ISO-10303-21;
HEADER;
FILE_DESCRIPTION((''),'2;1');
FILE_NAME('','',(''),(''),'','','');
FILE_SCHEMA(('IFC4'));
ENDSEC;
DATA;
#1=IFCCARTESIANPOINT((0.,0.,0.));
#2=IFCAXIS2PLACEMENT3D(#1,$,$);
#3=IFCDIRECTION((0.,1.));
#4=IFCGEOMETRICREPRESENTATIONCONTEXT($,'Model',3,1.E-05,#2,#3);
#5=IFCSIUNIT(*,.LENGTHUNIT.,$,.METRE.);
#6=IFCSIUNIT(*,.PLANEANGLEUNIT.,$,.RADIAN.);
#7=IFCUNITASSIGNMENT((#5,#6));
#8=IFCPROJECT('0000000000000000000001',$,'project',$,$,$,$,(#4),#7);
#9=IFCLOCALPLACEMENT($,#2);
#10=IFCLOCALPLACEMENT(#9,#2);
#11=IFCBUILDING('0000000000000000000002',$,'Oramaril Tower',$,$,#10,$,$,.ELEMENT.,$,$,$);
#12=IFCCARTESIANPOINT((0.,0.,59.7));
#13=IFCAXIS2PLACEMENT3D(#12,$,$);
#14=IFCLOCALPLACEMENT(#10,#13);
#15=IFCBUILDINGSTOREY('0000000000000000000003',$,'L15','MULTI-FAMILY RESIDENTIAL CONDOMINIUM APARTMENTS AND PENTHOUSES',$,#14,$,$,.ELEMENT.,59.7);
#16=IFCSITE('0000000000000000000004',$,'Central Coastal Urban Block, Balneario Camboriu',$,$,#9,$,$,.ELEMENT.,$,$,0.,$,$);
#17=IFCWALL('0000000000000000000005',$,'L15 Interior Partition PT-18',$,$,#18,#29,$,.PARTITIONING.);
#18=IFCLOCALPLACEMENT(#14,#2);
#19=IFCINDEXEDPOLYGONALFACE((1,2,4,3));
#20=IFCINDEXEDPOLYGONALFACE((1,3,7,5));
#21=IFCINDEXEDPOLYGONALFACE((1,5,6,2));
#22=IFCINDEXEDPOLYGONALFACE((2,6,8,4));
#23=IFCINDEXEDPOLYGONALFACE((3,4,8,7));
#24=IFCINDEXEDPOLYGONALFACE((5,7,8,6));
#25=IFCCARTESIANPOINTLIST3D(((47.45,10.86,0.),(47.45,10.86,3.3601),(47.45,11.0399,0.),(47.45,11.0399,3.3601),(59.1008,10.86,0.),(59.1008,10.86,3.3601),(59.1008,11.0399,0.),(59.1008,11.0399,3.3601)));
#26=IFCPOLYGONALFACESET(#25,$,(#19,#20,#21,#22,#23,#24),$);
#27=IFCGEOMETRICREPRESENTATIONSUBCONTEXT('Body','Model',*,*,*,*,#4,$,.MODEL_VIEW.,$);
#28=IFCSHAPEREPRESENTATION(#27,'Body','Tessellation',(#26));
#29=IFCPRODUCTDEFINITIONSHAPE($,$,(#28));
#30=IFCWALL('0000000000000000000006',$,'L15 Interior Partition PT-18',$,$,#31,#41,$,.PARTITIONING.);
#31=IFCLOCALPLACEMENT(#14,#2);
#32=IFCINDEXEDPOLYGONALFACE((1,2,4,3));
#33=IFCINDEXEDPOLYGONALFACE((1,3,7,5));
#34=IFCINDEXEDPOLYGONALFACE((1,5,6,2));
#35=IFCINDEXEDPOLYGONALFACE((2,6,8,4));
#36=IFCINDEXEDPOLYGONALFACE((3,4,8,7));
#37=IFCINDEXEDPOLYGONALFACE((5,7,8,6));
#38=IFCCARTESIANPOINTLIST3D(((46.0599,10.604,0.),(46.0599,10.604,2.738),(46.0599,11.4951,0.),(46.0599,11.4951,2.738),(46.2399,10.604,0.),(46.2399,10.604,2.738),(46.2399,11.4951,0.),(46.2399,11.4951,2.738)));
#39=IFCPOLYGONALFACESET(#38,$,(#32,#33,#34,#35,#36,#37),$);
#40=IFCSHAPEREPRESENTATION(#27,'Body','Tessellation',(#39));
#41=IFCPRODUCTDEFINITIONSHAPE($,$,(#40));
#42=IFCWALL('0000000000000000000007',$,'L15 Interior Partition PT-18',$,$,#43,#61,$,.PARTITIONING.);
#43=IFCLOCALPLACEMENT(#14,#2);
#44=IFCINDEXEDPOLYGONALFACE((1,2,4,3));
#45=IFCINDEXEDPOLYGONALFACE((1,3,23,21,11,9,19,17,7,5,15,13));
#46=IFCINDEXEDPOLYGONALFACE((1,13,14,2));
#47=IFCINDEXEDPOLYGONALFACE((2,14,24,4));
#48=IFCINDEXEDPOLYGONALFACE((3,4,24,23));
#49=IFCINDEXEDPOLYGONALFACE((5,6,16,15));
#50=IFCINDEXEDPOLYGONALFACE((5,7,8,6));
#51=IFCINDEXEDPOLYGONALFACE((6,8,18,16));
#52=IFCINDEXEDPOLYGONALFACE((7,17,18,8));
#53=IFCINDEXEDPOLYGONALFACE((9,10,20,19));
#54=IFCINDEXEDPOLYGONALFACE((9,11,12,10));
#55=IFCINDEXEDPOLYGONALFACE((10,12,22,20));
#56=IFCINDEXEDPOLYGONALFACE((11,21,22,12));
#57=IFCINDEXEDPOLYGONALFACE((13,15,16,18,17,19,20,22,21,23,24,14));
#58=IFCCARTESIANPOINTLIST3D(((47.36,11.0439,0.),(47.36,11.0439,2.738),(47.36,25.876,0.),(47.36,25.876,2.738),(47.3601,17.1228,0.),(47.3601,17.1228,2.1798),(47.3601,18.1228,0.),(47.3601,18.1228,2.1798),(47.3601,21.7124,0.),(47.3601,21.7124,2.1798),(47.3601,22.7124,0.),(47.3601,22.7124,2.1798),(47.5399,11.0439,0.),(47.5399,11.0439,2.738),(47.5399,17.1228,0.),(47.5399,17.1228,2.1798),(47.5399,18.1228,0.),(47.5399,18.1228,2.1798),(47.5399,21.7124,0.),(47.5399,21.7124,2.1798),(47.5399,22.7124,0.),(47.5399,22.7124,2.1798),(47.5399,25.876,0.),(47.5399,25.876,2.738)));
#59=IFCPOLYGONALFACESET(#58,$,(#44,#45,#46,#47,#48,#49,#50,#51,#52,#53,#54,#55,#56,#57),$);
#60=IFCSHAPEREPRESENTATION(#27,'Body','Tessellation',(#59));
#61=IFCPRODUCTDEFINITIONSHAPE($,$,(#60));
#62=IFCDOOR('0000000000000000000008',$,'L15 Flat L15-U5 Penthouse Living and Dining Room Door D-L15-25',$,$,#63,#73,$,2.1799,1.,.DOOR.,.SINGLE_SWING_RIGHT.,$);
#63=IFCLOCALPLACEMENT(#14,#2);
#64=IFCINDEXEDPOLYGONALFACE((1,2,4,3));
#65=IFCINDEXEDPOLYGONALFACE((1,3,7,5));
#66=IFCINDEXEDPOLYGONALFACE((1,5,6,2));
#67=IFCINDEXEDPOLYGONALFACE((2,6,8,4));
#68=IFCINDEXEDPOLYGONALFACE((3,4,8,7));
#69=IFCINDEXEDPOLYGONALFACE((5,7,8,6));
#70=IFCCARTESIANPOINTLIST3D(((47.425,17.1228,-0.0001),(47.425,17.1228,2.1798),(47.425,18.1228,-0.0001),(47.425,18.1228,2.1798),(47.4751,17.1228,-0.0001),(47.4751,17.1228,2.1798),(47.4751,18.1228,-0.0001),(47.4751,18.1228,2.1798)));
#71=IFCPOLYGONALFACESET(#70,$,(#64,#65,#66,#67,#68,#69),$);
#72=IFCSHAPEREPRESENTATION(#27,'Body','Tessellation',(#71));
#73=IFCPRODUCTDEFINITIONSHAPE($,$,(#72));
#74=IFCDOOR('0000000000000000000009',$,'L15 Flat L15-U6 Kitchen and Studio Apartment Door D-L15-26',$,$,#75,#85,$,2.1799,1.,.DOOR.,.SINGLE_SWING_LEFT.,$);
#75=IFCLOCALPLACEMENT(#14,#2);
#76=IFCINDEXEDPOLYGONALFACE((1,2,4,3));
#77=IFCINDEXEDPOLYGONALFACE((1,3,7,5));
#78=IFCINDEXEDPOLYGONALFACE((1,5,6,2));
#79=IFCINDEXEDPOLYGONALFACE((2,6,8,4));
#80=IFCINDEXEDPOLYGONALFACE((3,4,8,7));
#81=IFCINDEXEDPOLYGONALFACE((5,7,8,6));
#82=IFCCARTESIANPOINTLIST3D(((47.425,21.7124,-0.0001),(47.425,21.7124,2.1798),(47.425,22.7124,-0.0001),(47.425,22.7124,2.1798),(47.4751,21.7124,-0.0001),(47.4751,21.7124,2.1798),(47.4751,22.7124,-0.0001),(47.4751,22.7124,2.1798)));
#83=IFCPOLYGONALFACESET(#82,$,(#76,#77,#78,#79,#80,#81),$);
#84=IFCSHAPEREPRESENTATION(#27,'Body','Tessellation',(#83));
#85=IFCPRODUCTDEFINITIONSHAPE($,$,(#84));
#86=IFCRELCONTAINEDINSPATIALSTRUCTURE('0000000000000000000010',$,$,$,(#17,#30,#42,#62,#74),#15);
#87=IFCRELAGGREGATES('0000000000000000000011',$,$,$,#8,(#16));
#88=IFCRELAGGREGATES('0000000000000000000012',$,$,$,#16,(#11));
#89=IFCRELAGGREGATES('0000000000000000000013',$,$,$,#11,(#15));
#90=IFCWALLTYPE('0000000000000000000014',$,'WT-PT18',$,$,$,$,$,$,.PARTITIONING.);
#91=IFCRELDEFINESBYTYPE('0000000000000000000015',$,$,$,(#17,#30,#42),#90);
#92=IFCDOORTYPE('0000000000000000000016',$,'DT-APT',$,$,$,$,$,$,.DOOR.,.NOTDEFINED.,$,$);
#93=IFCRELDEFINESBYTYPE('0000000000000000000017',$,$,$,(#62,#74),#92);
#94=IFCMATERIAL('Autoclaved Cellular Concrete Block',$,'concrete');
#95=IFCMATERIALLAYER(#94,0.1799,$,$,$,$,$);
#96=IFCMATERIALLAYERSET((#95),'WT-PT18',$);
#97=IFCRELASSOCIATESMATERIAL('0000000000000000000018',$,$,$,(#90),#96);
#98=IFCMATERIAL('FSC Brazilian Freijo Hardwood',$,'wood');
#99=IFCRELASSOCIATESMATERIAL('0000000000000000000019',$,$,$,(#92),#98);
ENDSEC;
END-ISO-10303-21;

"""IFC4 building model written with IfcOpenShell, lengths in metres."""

from ifc_helpers import new_model, si_unit, direction, frame, frame_2d, origin, place, context, subcontext, project, spatial, rectangle, extrude, material, layer, layer_set, type_object, element, fill, save


model = new_model("IFC4")

# Units and contexts
model_context = context("Model", 3, precision=1e-05, world=origin(), true_north=direction((0.0, 1.0)))
body_context = subcontext(model_context, "Body", "Model", "MODEL_VIEW")
ifc_project = project(units=[si_unit("LENGTHUNIT", "METRE"), si_unit("PLANEANGLEUNIT", "RADIAN")], contexts=[model_context])

# Site, building, storey
site_placement = place(None, origin())
site = spatial("IfcSite", under=ifc_project, at=site_placement, Name="Central Coastal Urban Block, Balneario Camboriu", CompositionType="ELEMENT", RefElevation=0.0)
building_placement = place(site_placement, origin())
building = spatial("IfcBuilding", under=site, at=building_placement, Name="Oramaril Tower", CompositionType="ELEMENT")
storey_placement = place(building_placement, frame((0.0, 0.0, 59.7)))
storey = spatial("IfcBuildingStorey", under=building, at=storey_placement, Name="L15", Description="MULTI-FAMILY RESIDENTIAL CONDOMINIUM APARTMENTS AND PENTHOUSES", CompositionType="ELEMENT", Elevation=59.7)

# Walls
ifc_material_1 = material(Name="Autoclaved Cellular Concrete Block", Category="concrete")
ifc_layer_1 = layer(ifc_material_1, 0.1799)
ifc_layer_set_1 = layer_set([ifc_layer_1], Name="WT-PT18")
wall_type_1 = type_object("IfcWallType", Name="WT-PT18", PredefinedType="PARTITIONING", material=ifc_layer_set_1)
wall_1_placement = place(storey_placement, frame((47.45, 10.95, 0.0), z_axis=(0.0, 0.0, 1.0), x_axis=(1.0, 0.0, 0.0)))
element("IfcWall", 1, at=wall_1_placement, inside=storey, type_object=wall_type_1, Name="L15 Interior Partition PT-18", PredefinedType="PARTITIONING", context=body_context, shape_type="SweptSolid", body=[
    extrude(rectangle(XDim=11.6509, YDim=0.1799, at=frame_2d((5.8254, 0.0))), origin(), (0.0, 0.0, 1.0), 3.3601),
])
wall_2_placement = place(storey_placement, frame((46.1499, 10.604, 0.0), z_axis=(0.0, 0.0, 1.0), x_axis=(0.0, 1.0, 0.0)))
element("IfcWall", 2, at=wall_2_placement, inside=storey, type_object=wall_type_1, Name="L15 Interior Partition PT-18", PredefinedType="PARTITIONING", context=body_context, shape_type="SweptSolid", body=[
    extrude(rectangle(XDim=0.8911, YDim=0.1799, at=frame_2d((0.4456, 0.0))), origin(), (0.0, 0.0, 1.0), 2.738),
])

# Wall, openings, doors
wall_3_placement = place(storey_placement, frame((47.45, 11.0439, 0.0), z_axis=(0.0, 0.0, 1.0), x_axis=(0.0, 1.0, 0.0)))
wall_3 = element("IfcWall", 3, at=wall_3_placement, inside=storey, type_object=wall_type_1, Name="L15 Interior Partition PT-18", PredefinedType="PARTITIONING", context=body_context, shape_type="SweptSolid", body=[
    extrude(rectangle(XDim=14.832, YDim=0.1799, at=frame_2d((7.416, 0.0))), origin(), (0.0, 0.0, 1.0), 2.738),
])
opening_1_placement = place(wall_3_placement, frame((6.0789, 0.0, 0.0)))
opening_1 = element("IfcOpeningElement", 4, at=opening_1_placement, cuts=wall_3, PredefinedType="OPENING", context=body_context, shape_type="SweptSolid", body=[
    extrude(rectangle(XDim=1.0, YDim=2.1799, at=frame_2d((0.5, 1.0898))), frame((0.0, 0.0898, 0.0), z_axis=(0.0, -1.0, 0.0), x_axis=(1.0, 0.0, 0.0)), (0.0, 0.0, 1.0), 0.1799),
])
opening_2_placement = place(wall_3_placement, frame((10.6685, 0.0, 0.0)))
opening_2 = element("IfcOpeningElement", 5, at=opening_2_placement, cuts=wall_3, PredefinedType="OPENING", context=body_context, shape_type="SweptSolid", body=[
    extrude(rectangle(XDim=1.0, YDim=2.1799, at=frame_2d((0.5, 1.0898))), frame((0.0, 0.0898, 0.0), z_axis=(0.0, -1.0, 0.0), x_axis=(1.0, 0.0, 0.0)), (0.0, 0.0, 1.0), 0.1799),
])
ifc_material_2 = material(Name="FSC Brazilian Freijo Hardwood", Category="wood")
door_type_1 = type_object("IfcDoorType", Name="DT-APT", OperationType="NOTDEFINED", PredefinedType="DOOR", material=ifc_material_2)
door_1_placement = place(opening_1_placement, origin())
door_1 = element("IfcDoor", 6, at=door_1_placement, inside=storey, type_object=door_type_1, Name="L15 Flat L15-U5 Penthouse Living and Dining Room Door D-L15-25", OperationType="SINGLE_SWING_RIGHT", OverallHeight=2.1799, OverallWidth=1.0, PredefinedType="DOOR", context=body_context, shape_type="SweptSolid", body=[
    extrude(rectangle(XDim=1.0, YDim=2.1799, at=frame_2d((0.5, 1.0898))), frame((0.0, 0.0249, 0.0), z_axis=(0.0, -1.0, 0.0), x_axis=(1.0, 0.0, 0.0)), (0.0, 0.0, 1.0), 0.05),
])
fill(opening_1, door_1)
door_2_placement = place(opening_2_placement, origin())
door_2 = element("IfcDoor", 7, at=door_2_placement, inside=storey, type_object=door_type_1, Name="L15 Flat L15-U6 Kitchen and Studio Apartment Door D-L15-26", OperationType="SINGLE_SWING_LEFT", OverallHeight=2.1799, OverallWidth=1.0, PredefinedType="DOOR", context=body_context, shape_type="SweptSolid", body=[
    extrude(rectangle(XDim=1.0, YDim=2.1799, at=frame_2d((0.5, 1.0898))), frame((0.0, 0.0249, 0.0), z_axis=(0.0, -1.0, 0.0), x_axis=(1.0, 0.0, 0.0)), (0.0, 0.0, 1.0), 0.05),
])
fill(opening_2, door_2)

save(model, "model.ifc")
